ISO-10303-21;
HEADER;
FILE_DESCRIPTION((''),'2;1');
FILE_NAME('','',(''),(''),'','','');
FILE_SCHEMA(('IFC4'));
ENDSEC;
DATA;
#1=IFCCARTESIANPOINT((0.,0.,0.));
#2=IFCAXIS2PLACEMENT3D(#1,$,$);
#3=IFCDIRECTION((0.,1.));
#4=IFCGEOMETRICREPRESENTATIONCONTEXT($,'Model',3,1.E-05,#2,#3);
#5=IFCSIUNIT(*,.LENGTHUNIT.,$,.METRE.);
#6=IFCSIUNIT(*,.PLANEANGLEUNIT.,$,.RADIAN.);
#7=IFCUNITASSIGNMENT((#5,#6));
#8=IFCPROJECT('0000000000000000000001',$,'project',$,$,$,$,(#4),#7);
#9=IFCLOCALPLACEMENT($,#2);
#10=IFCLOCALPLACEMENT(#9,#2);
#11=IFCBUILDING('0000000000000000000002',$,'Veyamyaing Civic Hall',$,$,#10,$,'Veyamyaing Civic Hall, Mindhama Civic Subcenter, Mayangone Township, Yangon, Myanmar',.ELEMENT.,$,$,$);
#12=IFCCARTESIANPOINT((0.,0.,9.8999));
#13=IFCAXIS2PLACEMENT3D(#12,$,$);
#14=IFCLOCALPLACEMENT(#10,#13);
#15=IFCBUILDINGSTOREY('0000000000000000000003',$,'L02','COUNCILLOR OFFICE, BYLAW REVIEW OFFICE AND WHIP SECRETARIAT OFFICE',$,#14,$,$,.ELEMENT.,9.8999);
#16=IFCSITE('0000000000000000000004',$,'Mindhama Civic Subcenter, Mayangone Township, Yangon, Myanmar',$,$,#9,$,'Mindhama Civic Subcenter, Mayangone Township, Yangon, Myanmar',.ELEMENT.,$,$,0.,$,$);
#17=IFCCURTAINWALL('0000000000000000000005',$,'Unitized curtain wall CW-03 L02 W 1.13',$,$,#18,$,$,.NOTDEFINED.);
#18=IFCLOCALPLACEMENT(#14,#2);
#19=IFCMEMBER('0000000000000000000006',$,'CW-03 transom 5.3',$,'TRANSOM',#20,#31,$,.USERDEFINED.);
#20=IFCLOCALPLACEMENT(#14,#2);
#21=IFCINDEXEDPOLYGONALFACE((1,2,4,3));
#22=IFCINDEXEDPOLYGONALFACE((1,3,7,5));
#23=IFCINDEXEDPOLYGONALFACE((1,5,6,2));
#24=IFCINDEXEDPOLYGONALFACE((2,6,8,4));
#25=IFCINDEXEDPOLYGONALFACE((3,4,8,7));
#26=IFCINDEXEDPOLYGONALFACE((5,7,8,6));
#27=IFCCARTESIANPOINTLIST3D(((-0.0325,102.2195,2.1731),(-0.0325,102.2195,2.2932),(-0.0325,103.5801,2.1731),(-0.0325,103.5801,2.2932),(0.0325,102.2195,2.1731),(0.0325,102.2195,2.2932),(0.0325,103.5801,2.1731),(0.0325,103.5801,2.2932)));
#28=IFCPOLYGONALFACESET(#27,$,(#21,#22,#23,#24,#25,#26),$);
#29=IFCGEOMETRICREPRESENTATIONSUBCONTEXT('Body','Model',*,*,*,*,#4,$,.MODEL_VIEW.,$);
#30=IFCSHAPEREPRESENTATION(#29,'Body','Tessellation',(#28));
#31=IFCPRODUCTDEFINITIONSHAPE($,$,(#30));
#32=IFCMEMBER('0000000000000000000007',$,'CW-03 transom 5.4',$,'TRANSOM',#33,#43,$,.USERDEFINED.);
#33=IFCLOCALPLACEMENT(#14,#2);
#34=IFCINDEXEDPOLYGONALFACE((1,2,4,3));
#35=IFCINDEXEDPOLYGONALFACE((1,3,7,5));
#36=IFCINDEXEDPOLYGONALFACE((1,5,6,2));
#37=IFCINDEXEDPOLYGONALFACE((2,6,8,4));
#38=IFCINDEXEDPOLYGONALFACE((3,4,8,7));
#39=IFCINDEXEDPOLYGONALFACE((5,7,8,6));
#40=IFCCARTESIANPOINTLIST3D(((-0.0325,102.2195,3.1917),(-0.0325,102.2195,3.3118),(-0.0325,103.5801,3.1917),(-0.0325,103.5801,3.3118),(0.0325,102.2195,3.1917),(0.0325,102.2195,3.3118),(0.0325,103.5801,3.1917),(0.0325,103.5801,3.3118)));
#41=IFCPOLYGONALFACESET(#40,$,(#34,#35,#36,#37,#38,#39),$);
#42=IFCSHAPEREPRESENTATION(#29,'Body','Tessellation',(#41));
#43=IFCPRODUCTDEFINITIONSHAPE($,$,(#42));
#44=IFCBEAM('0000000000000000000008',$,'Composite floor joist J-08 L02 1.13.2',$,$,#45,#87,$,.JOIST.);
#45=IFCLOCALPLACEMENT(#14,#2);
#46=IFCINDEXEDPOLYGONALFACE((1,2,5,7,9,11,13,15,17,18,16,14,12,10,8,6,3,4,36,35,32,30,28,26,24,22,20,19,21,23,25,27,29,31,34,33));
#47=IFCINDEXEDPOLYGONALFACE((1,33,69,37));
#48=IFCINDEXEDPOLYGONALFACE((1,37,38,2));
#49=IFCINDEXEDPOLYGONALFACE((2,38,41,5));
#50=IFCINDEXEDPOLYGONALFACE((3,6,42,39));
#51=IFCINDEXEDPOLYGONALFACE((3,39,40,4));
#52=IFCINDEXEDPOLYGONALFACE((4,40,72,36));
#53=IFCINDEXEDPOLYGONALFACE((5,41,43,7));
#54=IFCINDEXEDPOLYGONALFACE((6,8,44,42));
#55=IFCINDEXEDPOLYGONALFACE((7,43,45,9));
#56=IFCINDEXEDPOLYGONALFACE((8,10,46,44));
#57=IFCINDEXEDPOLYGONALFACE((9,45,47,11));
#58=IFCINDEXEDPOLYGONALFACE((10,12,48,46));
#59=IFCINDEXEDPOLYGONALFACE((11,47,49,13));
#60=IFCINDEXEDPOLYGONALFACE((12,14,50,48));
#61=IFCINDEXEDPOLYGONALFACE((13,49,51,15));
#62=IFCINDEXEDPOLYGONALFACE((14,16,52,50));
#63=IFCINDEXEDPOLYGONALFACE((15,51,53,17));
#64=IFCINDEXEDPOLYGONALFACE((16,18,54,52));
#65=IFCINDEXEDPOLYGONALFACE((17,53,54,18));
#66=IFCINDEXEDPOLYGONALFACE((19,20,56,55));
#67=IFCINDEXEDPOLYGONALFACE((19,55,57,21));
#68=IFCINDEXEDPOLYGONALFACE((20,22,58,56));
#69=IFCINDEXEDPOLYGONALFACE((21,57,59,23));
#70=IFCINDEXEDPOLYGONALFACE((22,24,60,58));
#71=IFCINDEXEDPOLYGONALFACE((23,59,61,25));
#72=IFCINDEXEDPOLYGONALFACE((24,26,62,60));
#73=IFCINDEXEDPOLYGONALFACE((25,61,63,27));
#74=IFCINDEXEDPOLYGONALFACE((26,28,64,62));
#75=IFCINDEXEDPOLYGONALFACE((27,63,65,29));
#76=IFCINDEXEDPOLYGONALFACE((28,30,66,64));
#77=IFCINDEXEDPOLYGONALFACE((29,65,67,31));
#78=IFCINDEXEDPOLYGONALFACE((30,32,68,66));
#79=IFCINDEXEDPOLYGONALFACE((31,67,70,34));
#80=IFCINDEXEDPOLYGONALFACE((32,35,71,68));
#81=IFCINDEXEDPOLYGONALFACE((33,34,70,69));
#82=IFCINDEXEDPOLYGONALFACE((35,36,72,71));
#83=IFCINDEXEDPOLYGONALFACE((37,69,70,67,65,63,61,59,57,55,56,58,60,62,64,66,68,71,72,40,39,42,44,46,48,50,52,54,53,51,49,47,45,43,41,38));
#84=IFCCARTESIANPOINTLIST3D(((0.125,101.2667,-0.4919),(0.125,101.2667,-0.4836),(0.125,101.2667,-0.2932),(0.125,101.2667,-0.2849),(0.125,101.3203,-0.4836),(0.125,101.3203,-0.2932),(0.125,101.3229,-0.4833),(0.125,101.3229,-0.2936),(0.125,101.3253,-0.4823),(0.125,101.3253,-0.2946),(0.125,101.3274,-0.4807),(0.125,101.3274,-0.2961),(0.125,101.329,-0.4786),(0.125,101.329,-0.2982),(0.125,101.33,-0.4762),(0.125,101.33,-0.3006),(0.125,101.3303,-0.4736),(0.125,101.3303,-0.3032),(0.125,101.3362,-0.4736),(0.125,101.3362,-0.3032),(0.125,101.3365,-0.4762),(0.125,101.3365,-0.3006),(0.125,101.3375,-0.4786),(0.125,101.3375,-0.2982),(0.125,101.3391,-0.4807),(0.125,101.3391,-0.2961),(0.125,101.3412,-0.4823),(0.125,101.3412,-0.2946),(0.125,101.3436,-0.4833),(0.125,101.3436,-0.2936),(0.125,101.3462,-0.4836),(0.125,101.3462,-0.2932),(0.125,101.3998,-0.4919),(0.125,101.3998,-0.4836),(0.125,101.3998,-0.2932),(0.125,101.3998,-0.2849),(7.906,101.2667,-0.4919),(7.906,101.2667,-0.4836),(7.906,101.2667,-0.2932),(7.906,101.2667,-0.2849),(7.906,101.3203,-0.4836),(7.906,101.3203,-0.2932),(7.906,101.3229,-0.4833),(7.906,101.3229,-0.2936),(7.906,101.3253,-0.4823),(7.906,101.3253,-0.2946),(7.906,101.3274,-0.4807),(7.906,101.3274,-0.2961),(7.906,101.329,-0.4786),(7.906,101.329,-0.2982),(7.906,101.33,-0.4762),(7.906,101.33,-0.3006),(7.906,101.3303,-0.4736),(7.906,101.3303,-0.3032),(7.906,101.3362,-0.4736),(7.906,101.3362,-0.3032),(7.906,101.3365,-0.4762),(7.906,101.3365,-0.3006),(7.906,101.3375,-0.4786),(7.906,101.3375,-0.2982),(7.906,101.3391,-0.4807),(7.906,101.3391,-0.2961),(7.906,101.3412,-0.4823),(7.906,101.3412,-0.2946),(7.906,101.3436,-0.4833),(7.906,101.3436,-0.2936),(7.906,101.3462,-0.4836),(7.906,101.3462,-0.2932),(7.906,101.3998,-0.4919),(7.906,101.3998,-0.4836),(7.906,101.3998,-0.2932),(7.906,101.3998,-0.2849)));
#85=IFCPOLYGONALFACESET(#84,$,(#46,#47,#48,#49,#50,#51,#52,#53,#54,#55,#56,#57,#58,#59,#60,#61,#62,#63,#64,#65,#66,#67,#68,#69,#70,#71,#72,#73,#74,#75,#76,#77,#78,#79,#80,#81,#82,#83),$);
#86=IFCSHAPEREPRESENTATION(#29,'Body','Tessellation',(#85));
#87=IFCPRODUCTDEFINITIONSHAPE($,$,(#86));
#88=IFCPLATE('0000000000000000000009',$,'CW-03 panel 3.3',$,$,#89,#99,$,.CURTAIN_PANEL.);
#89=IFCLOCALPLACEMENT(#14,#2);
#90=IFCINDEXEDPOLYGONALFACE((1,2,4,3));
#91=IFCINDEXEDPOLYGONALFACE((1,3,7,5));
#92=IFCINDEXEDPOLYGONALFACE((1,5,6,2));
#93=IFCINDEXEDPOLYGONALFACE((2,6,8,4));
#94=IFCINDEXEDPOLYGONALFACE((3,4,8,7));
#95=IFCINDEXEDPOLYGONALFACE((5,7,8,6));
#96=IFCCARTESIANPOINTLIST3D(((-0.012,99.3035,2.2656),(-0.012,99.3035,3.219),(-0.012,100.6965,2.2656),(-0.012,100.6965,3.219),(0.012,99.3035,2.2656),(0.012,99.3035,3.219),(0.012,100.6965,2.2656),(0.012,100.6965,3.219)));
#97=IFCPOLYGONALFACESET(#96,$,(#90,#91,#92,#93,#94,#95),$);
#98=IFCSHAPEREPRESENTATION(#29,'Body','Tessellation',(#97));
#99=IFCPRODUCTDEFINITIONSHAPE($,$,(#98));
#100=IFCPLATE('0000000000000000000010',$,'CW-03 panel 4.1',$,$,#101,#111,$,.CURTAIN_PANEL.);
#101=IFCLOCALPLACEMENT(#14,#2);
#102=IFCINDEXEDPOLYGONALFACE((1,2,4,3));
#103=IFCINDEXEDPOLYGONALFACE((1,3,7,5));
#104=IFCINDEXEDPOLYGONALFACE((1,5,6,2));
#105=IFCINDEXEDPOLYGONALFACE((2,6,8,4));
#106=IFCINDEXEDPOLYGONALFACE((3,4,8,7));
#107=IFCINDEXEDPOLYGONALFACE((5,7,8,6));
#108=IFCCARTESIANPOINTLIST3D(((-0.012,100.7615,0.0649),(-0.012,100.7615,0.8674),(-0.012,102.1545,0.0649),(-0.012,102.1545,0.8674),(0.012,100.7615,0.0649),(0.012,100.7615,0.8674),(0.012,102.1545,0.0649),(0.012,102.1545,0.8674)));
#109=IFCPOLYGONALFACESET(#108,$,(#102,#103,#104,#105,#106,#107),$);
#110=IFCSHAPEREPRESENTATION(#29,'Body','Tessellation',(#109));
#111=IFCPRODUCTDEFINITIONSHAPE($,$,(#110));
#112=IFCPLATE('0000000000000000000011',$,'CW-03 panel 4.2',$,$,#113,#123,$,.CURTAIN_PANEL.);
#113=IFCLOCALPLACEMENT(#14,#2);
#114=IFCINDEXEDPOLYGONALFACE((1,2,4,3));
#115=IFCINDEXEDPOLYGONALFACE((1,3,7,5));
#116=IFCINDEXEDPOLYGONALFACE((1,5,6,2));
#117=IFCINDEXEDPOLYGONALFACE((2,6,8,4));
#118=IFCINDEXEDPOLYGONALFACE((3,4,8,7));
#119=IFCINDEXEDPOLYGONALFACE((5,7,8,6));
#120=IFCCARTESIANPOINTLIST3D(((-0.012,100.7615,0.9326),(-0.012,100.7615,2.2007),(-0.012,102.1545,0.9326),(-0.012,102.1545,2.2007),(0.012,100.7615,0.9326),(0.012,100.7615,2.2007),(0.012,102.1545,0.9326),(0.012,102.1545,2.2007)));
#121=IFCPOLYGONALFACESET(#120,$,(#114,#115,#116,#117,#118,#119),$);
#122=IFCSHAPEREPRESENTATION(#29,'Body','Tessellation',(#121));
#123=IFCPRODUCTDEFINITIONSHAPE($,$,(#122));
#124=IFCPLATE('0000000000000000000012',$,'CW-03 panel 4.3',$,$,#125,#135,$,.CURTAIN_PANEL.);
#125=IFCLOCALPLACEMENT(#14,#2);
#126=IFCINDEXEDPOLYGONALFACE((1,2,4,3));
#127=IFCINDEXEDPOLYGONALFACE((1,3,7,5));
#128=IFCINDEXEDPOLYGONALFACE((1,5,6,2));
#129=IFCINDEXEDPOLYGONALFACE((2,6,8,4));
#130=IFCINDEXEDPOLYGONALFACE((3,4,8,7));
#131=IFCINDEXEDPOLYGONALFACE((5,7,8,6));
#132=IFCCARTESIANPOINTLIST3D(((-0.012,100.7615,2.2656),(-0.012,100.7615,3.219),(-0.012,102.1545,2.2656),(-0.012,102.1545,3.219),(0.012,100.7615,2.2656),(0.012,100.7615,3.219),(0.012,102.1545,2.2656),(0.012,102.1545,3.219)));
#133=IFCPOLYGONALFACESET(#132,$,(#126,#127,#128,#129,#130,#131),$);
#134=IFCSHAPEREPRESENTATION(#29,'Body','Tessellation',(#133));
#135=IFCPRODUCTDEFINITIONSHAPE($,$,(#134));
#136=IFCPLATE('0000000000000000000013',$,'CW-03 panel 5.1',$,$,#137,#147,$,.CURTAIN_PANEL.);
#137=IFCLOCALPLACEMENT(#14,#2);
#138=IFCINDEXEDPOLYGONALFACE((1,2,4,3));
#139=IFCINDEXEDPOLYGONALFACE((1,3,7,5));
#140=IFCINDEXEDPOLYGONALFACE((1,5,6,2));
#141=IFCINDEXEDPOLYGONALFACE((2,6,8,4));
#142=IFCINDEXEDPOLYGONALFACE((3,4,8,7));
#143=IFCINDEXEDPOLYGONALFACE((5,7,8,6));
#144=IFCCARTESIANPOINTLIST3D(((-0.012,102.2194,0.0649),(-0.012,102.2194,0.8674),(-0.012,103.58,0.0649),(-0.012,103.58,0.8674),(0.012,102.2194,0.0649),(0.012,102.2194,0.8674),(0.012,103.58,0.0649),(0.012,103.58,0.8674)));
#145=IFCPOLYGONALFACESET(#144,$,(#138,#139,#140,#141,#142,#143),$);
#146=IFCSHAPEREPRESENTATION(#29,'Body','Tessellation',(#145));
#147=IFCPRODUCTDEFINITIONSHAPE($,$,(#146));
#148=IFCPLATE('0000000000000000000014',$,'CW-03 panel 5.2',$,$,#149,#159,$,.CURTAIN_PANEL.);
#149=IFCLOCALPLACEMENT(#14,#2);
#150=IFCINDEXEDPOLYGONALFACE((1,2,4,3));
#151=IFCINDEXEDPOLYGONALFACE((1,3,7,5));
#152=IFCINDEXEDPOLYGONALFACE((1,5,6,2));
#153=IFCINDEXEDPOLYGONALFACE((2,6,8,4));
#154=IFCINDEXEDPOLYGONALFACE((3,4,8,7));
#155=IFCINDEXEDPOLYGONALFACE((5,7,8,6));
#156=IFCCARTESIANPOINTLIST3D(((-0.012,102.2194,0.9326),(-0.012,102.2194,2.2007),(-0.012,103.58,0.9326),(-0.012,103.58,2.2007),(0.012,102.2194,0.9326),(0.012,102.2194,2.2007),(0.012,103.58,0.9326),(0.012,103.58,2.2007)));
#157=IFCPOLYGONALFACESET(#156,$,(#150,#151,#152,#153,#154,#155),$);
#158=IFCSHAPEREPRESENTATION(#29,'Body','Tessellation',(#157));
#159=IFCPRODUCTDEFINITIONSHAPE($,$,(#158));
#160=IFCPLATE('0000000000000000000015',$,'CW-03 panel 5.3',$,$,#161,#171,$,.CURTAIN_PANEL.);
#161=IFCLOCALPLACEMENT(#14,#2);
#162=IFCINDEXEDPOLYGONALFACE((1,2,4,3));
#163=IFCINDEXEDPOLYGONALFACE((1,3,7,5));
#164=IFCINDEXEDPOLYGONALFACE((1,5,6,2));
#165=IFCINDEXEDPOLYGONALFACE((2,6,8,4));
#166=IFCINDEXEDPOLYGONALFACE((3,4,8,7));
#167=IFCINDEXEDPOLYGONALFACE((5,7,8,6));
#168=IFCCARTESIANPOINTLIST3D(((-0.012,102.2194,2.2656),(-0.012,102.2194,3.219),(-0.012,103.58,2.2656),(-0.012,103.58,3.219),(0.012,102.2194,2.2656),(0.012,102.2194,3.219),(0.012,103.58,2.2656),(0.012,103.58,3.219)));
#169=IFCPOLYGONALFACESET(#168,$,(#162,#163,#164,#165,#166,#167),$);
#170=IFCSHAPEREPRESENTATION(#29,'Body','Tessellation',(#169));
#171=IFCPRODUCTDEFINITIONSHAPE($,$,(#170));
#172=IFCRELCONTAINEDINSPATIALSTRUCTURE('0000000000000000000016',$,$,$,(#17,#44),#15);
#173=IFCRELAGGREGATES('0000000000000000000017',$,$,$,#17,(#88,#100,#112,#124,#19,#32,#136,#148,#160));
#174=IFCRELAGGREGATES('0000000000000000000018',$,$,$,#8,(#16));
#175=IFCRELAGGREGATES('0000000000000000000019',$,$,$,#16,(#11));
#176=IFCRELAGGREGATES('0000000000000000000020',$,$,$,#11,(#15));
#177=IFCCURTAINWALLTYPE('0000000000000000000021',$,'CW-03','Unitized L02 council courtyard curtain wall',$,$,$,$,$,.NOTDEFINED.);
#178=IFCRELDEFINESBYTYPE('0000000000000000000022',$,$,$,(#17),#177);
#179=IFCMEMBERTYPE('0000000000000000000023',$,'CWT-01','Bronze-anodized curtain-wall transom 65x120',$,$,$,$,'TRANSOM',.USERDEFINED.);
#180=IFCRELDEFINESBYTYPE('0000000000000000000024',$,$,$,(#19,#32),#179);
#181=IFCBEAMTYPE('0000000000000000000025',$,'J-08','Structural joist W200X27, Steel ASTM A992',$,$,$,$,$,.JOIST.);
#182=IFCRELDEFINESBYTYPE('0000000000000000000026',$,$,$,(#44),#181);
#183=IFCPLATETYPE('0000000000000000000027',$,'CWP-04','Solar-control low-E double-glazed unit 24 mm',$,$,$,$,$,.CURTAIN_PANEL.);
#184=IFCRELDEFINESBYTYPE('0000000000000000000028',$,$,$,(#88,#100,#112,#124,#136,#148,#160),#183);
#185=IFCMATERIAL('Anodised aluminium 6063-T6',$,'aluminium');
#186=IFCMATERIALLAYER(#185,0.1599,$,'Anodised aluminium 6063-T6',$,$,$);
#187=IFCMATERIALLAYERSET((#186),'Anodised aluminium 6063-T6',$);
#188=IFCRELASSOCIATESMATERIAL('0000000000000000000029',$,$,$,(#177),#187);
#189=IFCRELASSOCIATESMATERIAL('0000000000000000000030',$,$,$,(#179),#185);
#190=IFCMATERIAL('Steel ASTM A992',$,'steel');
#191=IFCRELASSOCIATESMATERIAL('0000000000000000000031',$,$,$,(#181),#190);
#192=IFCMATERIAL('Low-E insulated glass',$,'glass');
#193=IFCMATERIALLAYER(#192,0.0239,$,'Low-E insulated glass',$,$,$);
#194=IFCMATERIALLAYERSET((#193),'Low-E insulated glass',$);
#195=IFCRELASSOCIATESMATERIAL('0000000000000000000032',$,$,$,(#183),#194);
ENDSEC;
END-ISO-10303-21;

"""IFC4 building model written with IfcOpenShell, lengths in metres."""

from ifc_helpers import new_model, si_unit, direction, frame, origin, origin_2d, place, context, subcontext, project, spatial, rectangle, i_section, extrude, material, layer, layer_set, material_profile, profile_set, type_object, element, aggregate, save


model = new_model("IFC4")

# Units and contexts
model_context = context("Model", 3, precision=1e-05, world=origin(), true_north=direction((0.0, 1.0)))
body_context = subcontext(model_context, "Body", "Model", "MODEL_VIEW")
ifc_project = project(units=[si_unit("LENGTHUNIT", "METRE"), si_unit("PLANEANGLEUNIT", "RADIAN")], contexts=[model_context])

# Site, building, storey
site_placement = place(None, origin())
site = spatial("IfcSite", under=ifc_project, at=site_placement, Name="Mindhama Civic Subcenter, Mayangone Township, Yangon, Myanmar", LongName="Mindhama Civic Subcenter, Mayangone Township, Yangon, Myanmar", CompositionType="ELEMENT", RefElevation=0.0)
building_placement = place(site_placement, origin())
building = spatial("IfcBuilding", under=site, at=building_placement, Name="Veyamyaing Civic Hall", LongName="Veyamyaing Civic Hall, Mindhama Civic Subcenter, Mayangone Township, Yangon, Myanmar", CompositionType="ELEMENT")
storey_placement = place(building_placement, frame((0.0, 0.0, 9.8999)))
storey = spatial("IfcBuildingStorey", under=building, at=storey_placement, Name="L02", Description="COUNCILLOR OFFICE, BYLAW REVIEW OFFICE AND WHIP SECRETARIAT OFFICE", CompositionType="ELEMENT", Elevation=9.8999)

# Shared definitions
ifc_material_1 = material(Name="Steel ASTM A992", Category="steel")

# Curtain wall, members
ifc_material_2 = material(Name="Anodised aluminium 6063-T6", Category="aluminium")
ifc_layer_1 = layer(ifc_material_2, 0.1599, Name="Anodised aluminium 6063-T6")
ifc_layer_set_1 = layer_set([ifc_layer_1], Name="Anodised aluminium 6063-T6")
curtain_wall_type = type_object("IfcCurtainWallType", Name="CW-03", Description="Unitized L02 council courtyard curtain wall", PredefinedType="NOTDEFINED", material=ifc_layer_set_1)
curtain_wall_placement = place(storey_placement, origin())
curtain_wall = element("IfcCurtainWall", 1, at=curtain_wall_placement, inside=storey, type_object=curtain_wall_type, Name="Unitized curtain wall CW-03 L02 W 1.13", PredefinedType="NOTDEFINED")
ifc_material_profile_1 = material_profile(ifc_material_2, rectangle(XDim=0.0649, YDim=0.1201, at=origin_2d()), Name="ALU-TRN-65X120")
ifc_profile_set_1 = profile_set([ifc_material_profile_1], Name="Anodised aluminium 6063-T6")
member_type_1 = type_object("IfcMemberType", Name="CWT-01", Description="Bronze-anodized curtain-wall transom 65x120", ElementType="TRANSOM", PredefinedType="USERDEFINED", material=ifc_profile_set_1)
member_1_placement = place(storey_placement, frame((0.0, 102.2195, 2.2332), z_axis=(0.0, 1.0, 0.0), x_axis=(-1.0, 0.0, 0.0)))
member_1 = element("IfcMember", 2, at=member_1_placement, type_object=member_type_1, Name="CW-03 transom 5.3", ObjectType="TRANSOM", PredefinedType="USERDEFINED", context=body_context, shape_type="SweptSolid", body=[
    extrude(rectangle(XDim=0.0649, YDim=0.1201, at=origin_2d()), origin(), (0.0, 0.0, 1.0), 1.3606),
])
member_2_placement = place(storey_placement, frame((0.0, 102.2195, 3.2517), z_axis=(0.0, 1.0, 0.0), x_axis=(-1.0, 0.0, 0.0)))
member_2 = element("IfcMember", 3, at=member_2_placement, type_object=member_type_1, Name="CW-03 transom 5.4", ObjectType="TRANSOM", PredefinedType="USERDEFINED", context=body_context, shape_type="SweptSolid", body=[
    extrude(rectangle(XDim=0.0649, YDim=0.1201, at=origin_2d()), origin(), (0.0, 0.0, 1.0), 1.3606),
])

# Beam
ifc_material_profile_2 = material_profile(ifc_material_1, i_section(OverallWidth=0.1331, OverallDepth=0.207, WebThickness=0.0059, FlangeThickness=0.0083, FilletRadius=0.01, at=origin_2d()), Name="W200X27")
ifc_profile_set_2 = profile_set([ifc_material_profile_2], Name="Steel ASTM A992")
beam_type_1 = type_object("IfcBeamType", Name="J-08", Description="Structural joist W200X27, Steel ASTM A992", PredefinedType="JOIST", material=ifc_profile_set_2)
beam_1_placement = place(storey_placement, frame((0.125, 101.3333, -0.3884), z_axis=(1.0, 0.0, 0.0), x_axis=(0.0, 1.0, 0.0)))
element("IfcBeam", 4, at=beam_1_placement, inside=storey, type_object=beam_type_1, Name="Composite floor joist J-08 L02 1.13.2", PredefinedType="JOIST", context=body_context, shape_type="SweptSolid", body=[
    extrude(i_section(OverallWidth=0.1331, OverallDepth=0.207, WebThickness=0.0059, FlangeThickness=0.0083, FilletRadius=0.01, at=origin_2d()), origin(), (0.0, 0.0, 1.0), 7.781),
])

# Plates
ifc_material_3 = material(Name="Low-E insulated glass", Category="glass")
ifc_layer_2 = layer(ifc_material_3, 0.0239, Name="Low-E insulated glass")
ifc_layer_set_2 = layer_set([ifc_layer_2], Name="Low-E insulated glass")
plate_type = type_object("IfcPlateType", Name="CWP-04", Description="Solar-control low-E double-glazed unit 24 mm", PredefinedType="CURTAIN_PANEL", material=ifc_layer_set_2)
plate_1_placement = place(storey_placement, frame((0.0, 100.0, 2.2656), z_axis=(0.0, 0.0, 1.0), x_axis=(0.0, 1.0, 0.0)))
plate_1 = element("IfcPlate", 5, at=plate_1_placement, type_object=plate_type, Name="CW-03 panel 3.3", PredefinedType="CURTAIN_PANEL", context=body_context, shape_type="SweptSolid", body=[
    extrude(rectangle(XDim=1.3931, YDim=0.0239, at=origin_2d()), origin(), (0.0, 0.0, 1.0), 0.9534),
])
plate_2_placement = place(storey_placement, frame((0.0, 101.458, 0.0649), z_axis=(0.0, 0.0, 1.0), x_axis=(0.0, 1.0, 0.0)))
plate_2 = element("IfcPlate", 6, at=plate_2_placement, type_object=plate_type, Name="CW-03 panel 4.1", PredefinedType="CURTAIN_PANEL", context=body_context, shape_type="SweptSolid", body=[
    extrude(rectangle(XDim=1.3931, YDim=0.0239, at=origin_2d()), origin(), (0.0, 0.0, 1.0), 0.8025),
])
plate_3_placement = place(storey_placement, frame((0.0, 101.458, 0.9326), z_axis=(0.0, 0.0, 1.0), x_axis=(0.0, 1.0, 0.0)))
plate_3 = element("IfcPlate", 7, at=plate_3_placement, type_object=plate_type, Name="CW-03 panel 4.2", PredefinedType="CURTAIN_PANEL", context=body_context, shape_type="SweptSolid", body=[
    extrude(rectangle(XDim=1.3931, YDim=0.0239, at=origin_2d()), origin(), (0.0, 0.0, 1.0), 1.2681),
])
plate_4_placement = place(storey_placement, frame((0.0, 101.458, 2.2656), z_axis=(0.0, 0.0, 1.0), x_axis=(0.0, 1.0, 0.0)))
plate_4 = element("IfcPlate", 8, at=plate_4_placement, type_object=plate_type, Name="CW-03 panel 4.3", PredefinedType="CURTAIN_PANEL", context=body_context, shape_type="SweptSolid", body=[
    extrude(rectangle(XDim=1.3931, YDim=0.0239, at=origin_2d()), origin(), (0.0, 0.0, 1.0), 0.9534),
])
plate_5_placement = place(storey_placement, frame((0.0, 102.8997, 0.0649), z_axis=(0.0, 0.0, 1.0), x_axis=(0.0, 1.0, 0.0)))
plate_5 = element("IfcPlate", 9, at=plate_5_placement, type_object=plate_type, Name="CW-03 panel 5.1", PredefinedType="CURTAIN_PANEL", context=body_context, shape_type="SweptSolid", body=[
    extrude(rectangle(XDim=1.3606, YDim=0.0239, at=origin_2d()), origin(), (0.0, 0.0, 1.0), 0.8025),
])
plate_6_placement = place(storey_placement, frame((0.0, 102.8997, 0.9326), z_axis=(0.0, 0.0, 1.0), x_axis=(0.0, 1.0, 0.0)))
plate_6 = element("IfcPlate", 10, at=plate_6_placement, type_object=plate_type, Name="CW-03 panel 5.2", PredefinedType="CURTAIN_PANEL", context=body_context, shape_type="SweptSolid", body=[
    extrude(rectangle(XDim=1.3606, YDim=0.0239, at=origin_2d()), origin(), (0.0, 0.0, 1.0), 1.2681),
])
plate_7_placement = place(storey_placement, frame((0.0, 102.8997, 2.2656), z_axis=(0.0, 0.0, 1.0), x_axis=(0.0, 1.0, 0.0)))
plate_7 = element("IfcPlate", 11, at=plate_7_placement, type_object=plate_type, Name="CW-03 panel 5.3", PredefinedType="CURTAIN_PANEL", context=body_context, shape_type="SweptSolid", body=[
    extrude(rectangle(XDim=1.3606, YDim=0.0239, at=origin_2d()), origin(), (0.0, 0.0, 1.0), 0.9534),
])
aggregate(curtain_wall, [plate_1, plate_2, plate_3, plate_4, member_1, member_2, plate_5, plate_6, plate_7])

save(model, "model.ifc")
